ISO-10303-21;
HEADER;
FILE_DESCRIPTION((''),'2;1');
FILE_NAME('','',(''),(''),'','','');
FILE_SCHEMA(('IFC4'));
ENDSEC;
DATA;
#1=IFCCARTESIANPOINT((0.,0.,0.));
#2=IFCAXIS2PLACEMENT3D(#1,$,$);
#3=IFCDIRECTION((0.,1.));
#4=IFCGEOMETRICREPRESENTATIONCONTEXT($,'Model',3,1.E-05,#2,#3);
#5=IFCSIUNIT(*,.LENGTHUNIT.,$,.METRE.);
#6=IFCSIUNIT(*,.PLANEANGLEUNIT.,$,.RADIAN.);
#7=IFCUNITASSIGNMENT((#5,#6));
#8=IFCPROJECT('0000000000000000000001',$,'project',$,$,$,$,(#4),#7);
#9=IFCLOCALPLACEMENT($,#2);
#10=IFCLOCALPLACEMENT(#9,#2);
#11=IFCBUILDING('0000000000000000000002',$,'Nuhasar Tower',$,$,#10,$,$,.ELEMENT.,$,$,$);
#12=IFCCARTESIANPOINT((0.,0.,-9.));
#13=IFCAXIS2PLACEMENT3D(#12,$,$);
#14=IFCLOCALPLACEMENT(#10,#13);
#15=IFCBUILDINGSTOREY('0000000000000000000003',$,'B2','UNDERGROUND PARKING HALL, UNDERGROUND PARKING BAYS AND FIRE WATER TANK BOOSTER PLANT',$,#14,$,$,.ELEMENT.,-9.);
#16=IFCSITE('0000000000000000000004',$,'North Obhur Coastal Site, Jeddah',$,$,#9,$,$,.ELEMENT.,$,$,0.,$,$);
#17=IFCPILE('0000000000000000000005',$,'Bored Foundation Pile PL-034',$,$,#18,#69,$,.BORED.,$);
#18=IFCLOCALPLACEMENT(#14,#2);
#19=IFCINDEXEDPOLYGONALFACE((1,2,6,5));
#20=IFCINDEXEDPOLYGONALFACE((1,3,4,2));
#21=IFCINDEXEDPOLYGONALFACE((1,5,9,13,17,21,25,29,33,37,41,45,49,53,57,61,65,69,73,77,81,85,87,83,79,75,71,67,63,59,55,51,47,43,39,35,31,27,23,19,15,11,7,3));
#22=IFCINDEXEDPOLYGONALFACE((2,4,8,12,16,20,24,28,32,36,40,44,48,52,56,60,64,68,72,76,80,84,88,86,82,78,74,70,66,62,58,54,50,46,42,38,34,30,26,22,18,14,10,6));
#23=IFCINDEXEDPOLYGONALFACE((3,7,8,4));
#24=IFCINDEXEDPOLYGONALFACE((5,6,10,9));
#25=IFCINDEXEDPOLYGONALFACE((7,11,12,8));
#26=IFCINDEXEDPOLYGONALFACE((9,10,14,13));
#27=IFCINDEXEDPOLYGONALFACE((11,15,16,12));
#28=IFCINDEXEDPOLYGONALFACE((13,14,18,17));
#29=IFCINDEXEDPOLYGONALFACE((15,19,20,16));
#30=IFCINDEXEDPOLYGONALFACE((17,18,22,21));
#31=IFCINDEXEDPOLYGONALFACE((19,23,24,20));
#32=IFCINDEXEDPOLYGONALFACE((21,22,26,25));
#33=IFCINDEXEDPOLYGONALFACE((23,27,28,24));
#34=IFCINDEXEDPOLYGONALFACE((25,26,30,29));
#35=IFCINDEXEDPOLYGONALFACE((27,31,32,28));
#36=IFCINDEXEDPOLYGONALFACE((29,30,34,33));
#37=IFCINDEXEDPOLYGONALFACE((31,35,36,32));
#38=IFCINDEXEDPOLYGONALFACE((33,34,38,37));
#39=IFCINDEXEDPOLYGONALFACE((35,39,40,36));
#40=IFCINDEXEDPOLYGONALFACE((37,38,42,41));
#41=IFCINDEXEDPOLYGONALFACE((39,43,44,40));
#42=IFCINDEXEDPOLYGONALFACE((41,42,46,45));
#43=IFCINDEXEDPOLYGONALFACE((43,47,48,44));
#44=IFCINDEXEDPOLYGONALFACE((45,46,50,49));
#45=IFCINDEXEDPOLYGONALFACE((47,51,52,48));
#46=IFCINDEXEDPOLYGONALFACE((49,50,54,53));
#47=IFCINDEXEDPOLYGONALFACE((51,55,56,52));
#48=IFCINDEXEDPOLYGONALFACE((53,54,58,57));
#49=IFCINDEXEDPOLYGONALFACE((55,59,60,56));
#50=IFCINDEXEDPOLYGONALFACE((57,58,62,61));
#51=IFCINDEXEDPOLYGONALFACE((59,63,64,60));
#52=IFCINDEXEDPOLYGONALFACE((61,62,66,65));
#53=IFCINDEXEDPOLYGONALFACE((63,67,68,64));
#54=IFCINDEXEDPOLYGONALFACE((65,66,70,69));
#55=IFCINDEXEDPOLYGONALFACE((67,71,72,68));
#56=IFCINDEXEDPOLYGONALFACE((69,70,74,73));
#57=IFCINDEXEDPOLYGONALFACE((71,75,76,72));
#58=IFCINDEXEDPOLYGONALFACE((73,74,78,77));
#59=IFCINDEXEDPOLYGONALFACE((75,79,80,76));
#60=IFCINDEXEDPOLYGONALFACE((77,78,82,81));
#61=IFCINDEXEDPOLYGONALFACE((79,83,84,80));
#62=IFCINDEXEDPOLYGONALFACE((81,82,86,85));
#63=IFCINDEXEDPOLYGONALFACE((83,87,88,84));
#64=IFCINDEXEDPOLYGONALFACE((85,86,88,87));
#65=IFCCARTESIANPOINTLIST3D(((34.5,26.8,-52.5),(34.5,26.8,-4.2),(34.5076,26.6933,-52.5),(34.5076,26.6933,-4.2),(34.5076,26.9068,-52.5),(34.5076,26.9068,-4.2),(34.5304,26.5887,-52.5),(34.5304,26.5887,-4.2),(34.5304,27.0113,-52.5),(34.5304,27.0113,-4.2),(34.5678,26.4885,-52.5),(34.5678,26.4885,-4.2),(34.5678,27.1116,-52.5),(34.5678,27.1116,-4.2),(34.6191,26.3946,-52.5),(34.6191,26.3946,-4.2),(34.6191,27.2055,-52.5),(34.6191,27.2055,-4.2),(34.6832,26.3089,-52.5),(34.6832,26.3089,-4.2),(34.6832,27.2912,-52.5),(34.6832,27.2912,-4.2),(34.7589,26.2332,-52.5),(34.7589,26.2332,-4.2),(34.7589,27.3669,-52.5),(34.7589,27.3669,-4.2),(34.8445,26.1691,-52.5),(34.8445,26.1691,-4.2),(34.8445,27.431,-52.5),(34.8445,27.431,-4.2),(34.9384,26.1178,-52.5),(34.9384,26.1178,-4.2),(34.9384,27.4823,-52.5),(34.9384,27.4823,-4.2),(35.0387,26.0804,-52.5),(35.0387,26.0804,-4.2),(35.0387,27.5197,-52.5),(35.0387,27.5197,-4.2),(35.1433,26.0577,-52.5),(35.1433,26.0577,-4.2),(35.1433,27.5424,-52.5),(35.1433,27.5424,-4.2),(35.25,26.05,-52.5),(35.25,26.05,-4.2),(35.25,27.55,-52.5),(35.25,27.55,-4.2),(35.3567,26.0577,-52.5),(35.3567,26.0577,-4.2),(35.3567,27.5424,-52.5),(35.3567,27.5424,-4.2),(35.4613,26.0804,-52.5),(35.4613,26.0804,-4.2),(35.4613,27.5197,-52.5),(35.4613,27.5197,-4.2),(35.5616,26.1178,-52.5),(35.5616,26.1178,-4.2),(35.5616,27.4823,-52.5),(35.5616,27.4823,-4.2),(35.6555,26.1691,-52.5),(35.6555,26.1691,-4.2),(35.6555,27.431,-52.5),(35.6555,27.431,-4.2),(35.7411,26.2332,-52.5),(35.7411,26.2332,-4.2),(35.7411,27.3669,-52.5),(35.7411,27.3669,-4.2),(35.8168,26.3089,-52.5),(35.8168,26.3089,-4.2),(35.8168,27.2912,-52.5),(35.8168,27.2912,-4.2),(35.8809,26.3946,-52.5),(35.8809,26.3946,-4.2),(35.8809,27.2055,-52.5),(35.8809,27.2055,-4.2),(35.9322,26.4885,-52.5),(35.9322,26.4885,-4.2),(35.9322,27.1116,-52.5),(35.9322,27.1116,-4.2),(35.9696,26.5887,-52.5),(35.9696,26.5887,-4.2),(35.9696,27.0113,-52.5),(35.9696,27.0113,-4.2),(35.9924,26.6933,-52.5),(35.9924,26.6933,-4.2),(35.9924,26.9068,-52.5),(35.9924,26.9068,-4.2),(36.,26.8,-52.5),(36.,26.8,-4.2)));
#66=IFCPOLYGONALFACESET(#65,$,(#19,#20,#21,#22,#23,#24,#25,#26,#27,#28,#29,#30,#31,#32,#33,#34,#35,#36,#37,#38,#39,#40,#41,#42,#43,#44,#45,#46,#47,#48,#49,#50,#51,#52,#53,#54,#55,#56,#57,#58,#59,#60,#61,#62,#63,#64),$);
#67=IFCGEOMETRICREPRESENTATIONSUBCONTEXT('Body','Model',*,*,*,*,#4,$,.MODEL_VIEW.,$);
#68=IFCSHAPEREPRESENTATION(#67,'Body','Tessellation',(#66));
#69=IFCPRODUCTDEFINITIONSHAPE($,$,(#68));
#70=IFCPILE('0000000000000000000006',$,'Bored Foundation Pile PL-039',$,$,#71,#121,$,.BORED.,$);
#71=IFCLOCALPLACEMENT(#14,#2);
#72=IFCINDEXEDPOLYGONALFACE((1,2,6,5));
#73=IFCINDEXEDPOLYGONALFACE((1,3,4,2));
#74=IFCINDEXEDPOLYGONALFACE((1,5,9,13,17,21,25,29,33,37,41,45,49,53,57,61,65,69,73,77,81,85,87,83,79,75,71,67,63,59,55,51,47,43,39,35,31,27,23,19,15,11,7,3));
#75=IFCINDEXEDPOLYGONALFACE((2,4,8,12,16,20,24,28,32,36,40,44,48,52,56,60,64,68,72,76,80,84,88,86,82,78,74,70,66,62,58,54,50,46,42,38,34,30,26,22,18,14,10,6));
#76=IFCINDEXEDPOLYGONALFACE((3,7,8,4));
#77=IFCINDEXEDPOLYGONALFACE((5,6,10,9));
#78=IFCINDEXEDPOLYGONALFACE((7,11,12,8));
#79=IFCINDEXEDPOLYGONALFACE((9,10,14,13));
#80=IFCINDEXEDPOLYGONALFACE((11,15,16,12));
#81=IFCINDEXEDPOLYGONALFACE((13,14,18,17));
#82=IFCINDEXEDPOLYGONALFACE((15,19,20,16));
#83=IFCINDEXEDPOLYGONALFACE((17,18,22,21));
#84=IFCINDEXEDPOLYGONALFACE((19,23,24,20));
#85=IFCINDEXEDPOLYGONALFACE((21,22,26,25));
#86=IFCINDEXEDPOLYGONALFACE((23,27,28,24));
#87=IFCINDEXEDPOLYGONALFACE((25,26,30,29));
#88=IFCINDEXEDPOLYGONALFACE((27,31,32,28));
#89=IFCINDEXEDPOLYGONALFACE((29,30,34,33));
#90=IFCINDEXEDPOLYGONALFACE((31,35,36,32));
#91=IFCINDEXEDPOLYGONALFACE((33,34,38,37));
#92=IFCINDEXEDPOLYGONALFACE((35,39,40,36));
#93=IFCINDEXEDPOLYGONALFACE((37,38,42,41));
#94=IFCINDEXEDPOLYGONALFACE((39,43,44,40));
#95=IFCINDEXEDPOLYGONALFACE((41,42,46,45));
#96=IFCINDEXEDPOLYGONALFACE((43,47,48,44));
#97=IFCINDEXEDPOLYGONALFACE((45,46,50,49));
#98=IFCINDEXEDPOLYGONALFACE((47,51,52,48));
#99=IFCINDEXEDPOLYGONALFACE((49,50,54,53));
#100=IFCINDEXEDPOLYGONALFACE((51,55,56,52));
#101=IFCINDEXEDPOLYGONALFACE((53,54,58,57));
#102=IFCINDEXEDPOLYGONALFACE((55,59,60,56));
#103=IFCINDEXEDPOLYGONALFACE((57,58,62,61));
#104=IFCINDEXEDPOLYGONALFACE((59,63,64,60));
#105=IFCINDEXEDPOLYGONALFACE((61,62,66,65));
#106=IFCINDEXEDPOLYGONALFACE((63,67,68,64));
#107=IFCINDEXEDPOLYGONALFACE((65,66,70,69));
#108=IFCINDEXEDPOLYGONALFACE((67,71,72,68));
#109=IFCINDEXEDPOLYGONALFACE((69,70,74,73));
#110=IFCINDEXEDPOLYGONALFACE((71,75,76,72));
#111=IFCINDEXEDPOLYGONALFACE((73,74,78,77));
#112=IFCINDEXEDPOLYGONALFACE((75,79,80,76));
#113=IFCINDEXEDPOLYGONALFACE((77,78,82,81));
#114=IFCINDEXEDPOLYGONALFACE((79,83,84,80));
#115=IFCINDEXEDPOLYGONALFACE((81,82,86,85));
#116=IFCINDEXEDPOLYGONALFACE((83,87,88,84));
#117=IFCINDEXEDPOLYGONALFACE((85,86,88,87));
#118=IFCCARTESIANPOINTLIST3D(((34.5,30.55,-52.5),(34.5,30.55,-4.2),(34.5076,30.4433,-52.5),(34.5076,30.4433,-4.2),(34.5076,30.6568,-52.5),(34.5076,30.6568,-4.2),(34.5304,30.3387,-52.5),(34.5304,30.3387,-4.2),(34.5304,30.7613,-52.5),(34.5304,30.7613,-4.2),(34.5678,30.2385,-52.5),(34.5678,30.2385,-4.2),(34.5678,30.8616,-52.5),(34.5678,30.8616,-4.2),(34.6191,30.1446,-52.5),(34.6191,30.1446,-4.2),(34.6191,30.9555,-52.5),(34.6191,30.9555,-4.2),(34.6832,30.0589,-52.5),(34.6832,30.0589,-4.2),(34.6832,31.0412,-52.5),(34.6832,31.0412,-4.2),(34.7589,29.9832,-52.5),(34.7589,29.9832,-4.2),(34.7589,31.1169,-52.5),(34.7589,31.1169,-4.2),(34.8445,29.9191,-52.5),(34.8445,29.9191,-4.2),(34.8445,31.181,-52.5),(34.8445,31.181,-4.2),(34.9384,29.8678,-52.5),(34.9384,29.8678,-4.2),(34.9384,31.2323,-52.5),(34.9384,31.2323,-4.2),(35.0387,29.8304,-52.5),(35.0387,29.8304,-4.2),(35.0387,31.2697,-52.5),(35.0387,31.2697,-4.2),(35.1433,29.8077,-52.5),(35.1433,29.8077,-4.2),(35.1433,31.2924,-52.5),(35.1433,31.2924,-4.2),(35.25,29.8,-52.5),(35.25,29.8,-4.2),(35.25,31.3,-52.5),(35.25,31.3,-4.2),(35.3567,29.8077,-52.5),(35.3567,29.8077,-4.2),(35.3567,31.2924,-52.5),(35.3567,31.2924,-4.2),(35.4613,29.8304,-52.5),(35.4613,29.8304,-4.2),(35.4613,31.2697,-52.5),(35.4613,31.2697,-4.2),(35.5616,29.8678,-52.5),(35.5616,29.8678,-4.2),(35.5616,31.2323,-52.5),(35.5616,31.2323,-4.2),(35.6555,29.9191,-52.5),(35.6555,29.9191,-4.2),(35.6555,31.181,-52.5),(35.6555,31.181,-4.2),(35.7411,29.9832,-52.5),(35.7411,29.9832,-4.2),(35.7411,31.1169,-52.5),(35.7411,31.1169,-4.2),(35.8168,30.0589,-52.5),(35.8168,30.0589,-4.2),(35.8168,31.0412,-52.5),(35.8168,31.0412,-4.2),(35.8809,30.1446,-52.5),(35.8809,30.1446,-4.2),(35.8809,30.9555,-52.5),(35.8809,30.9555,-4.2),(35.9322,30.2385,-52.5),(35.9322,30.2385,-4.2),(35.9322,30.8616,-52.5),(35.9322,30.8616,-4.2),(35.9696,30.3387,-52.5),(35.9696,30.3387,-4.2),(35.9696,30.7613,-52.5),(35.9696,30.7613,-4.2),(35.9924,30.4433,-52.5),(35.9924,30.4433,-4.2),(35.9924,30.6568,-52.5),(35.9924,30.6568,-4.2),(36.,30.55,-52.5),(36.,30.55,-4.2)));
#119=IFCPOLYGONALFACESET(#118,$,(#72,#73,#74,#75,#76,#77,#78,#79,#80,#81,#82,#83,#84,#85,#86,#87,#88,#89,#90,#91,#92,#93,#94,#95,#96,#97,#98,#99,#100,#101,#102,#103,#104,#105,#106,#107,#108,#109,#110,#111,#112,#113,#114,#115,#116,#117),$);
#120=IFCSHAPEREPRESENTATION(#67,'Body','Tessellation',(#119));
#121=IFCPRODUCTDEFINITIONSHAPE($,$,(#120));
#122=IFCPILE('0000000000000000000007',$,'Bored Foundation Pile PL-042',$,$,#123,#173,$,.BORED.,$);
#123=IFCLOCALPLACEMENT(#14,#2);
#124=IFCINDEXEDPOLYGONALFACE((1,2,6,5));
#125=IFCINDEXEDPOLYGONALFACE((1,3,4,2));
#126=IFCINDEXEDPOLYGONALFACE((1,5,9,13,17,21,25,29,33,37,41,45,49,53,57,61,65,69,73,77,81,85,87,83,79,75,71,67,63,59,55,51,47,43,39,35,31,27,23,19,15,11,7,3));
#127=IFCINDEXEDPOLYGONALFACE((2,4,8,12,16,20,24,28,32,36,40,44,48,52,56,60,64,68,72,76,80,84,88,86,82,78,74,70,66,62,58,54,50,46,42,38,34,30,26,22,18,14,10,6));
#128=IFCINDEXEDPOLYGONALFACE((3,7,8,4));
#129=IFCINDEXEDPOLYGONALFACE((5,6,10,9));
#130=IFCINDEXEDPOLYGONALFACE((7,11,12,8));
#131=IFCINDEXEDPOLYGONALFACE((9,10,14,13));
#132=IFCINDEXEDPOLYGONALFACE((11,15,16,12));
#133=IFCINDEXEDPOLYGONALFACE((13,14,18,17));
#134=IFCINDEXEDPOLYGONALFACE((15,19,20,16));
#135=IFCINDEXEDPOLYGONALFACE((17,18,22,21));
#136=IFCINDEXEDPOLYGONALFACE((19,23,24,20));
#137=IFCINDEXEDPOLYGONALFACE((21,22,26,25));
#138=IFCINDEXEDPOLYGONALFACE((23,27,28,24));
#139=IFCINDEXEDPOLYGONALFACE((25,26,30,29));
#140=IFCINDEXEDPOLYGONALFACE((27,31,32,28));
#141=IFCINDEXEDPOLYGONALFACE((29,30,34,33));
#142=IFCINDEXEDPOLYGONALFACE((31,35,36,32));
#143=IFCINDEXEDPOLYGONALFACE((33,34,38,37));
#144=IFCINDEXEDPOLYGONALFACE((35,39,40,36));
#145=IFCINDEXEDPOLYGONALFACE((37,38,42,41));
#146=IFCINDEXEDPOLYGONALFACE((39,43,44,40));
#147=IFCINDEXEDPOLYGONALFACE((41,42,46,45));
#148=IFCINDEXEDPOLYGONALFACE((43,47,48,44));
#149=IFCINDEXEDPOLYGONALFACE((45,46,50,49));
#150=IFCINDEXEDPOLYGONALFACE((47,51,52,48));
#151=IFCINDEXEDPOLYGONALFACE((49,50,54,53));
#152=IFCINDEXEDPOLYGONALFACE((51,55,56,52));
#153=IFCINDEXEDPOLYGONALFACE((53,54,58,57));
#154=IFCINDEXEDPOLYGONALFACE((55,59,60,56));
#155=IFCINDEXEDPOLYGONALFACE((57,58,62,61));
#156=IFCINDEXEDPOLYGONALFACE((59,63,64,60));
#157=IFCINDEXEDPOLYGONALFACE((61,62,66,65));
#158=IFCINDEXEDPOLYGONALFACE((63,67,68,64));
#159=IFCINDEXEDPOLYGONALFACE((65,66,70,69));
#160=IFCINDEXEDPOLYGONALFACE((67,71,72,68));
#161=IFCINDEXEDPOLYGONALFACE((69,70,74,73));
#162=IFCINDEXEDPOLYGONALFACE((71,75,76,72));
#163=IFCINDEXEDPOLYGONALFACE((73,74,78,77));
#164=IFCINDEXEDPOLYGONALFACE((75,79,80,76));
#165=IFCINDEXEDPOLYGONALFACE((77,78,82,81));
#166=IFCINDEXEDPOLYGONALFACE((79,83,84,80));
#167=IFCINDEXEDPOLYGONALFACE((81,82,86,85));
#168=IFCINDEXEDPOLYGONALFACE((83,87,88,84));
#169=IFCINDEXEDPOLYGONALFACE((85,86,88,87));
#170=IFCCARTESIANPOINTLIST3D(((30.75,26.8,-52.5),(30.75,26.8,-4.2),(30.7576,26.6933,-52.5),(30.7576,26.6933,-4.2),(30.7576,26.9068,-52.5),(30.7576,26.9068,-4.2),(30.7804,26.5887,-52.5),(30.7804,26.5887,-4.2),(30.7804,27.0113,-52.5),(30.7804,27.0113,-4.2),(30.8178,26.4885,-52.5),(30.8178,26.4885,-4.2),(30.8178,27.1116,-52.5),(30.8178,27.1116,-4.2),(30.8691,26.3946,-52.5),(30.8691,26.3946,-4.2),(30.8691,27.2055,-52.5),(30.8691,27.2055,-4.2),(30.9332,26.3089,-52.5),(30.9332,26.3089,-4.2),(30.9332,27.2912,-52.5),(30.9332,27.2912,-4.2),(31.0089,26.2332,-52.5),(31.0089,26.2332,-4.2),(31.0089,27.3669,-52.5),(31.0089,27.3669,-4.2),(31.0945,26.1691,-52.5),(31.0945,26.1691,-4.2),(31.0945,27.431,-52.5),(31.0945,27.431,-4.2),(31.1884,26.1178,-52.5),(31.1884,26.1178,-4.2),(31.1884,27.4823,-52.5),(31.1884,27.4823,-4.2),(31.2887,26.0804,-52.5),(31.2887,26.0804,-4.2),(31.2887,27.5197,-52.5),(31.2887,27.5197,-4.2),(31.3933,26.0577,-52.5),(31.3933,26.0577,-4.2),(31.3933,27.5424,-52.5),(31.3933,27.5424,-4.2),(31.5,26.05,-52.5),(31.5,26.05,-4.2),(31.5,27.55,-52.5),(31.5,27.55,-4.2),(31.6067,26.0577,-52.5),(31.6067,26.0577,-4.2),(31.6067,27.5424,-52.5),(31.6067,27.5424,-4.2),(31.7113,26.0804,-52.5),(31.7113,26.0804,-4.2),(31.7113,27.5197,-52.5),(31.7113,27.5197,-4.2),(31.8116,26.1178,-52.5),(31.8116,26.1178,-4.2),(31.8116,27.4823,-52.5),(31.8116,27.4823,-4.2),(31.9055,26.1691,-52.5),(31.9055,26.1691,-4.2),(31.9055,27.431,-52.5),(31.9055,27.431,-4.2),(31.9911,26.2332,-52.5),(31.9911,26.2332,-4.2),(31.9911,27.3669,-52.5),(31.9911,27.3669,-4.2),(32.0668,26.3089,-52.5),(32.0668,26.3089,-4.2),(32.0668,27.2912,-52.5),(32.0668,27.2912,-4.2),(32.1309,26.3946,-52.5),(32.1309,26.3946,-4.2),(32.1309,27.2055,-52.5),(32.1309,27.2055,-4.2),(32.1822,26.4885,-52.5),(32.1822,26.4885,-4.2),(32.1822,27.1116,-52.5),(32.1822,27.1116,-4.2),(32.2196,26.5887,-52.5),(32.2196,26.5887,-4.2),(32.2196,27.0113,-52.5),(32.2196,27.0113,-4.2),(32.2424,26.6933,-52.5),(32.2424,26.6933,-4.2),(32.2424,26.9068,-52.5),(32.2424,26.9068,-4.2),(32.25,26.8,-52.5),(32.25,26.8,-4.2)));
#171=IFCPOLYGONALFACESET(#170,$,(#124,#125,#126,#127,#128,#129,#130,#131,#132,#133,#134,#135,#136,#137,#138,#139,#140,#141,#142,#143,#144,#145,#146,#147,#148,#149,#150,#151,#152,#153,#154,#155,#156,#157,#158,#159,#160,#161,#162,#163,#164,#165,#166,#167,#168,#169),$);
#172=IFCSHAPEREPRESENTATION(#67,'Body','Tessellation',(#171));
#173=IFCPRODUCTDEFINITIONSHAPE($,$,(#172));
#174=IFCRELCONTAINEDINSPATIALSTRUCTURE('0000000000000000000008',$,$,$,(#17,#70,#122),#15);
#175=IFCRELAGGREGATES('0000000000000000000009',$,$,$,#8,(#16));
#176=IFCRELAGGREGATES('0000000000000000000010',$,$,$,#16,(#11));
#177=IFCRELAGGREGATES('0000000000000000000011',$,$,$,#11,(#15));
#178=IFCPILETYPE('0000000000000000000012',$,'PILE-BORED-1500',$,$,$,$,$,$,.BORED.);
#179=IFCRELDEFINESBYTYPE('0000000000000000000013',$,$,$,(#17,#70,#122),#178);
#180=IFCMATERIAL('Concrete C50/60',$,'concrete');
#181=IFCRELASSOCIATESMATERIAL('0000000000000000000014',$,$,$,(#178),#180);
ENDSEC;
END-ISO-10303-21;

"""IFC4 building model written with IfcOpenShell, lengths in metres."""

from ifc_helpers import new_model, si_unit, direction, frame, origin, origin_2d, place, context, subcontext, project, spatial, circle, extrude, material, material_profile, profile_set, type_object, element, save


model = new_model("IFC4")

# Units and contexts
model_context = context("Model", 3, precision=1e-05, world=origin(), true_north=direction((0.0, 1.0)))
body_context = subcontext(model_context, "Body", "Model", "MODEL_VIEW")
ifc_project = project(units=[si_unit("LENGTHUNIT", "METRE"), si_unit("PLANEANGLEUNIT", "RADIAN")], contexts=[model_context])

# Site, building, storey
site_placement = place(None, origin())
site = spatial("IfcSite", under=ifc_project, at=site_placement, Name="North Obhur Coastal Site, Jeddah", CompositionType="ELEMENT", RefElevation=0.0)
building_placement = place(site_placement, origin())
building = spatial("IfcBuilding", under=site, at=building_placement, Name="Nuhasar Tower", CompositionType="ELEMENT")
storey_placement = place(building_placement, frame((0.0, 0.0, -9.0)))
storey = spatial("IfcBuildingStorey", under=building, at=storey_placement, Name="B2", Description="UNDERGROUND PARKING HALL, UNDERGROUND PARKING BAYS AND FIRE WATER TANK BOOSTER PLANT", CompositionType="ELEMENT", Elevation=-9.0)

# Piles
ifc_material_1 = material(Name="Concrete C50/60", Category="concrete")
ifc_material_profile_1 = material_profile(ifc_material_1, circle(Radius=0.75, at=origin_2d()), Name="PILE1500")
ifc_profile_set_1 = profile_set([ifc_material_profile_1], Name="Concrete C50/60")
pile_type = type_object("IfcPileType", Name="PILE-BORED-1500", PredefinedType="BORED", material=ifc_profile_set_1)
for number, where, z_axis, x_axis, name in (
    (1, (35.25, 26.8, -4.2), (0.0, 0.0, -1.0), (1.0, 0.0, 0.0), "Bored Foundation Pile PL-034"),
    (2, (35.25, 30.55, -4.2), (0.0, 0.0, -1.0), (1.0, 0.0, 0.0), "Bored Foundation Pile PL-039"),
    (3, (31.5, 26.8, -4.2), (0.0, 0.0, -1.0), (1.0, 0.0, 0.0), "Bored Foundation Pile PL-042"),
):
    element("IfcPile", number, at=place(storey_placement, frame(where, z_axis=z_axis, x_axis=x_axis)), inside=storey, type_object=pile_type, Name=name, PredefinedType="BORED", context=body_context, shape_type="SweptSolid", body=[
        extrude(circle(Radius=0.75, at=origin_2d()), origin(), (0.0, 0.0, 1.0), 48.3),
    ])

save(model, "model.ifc")
